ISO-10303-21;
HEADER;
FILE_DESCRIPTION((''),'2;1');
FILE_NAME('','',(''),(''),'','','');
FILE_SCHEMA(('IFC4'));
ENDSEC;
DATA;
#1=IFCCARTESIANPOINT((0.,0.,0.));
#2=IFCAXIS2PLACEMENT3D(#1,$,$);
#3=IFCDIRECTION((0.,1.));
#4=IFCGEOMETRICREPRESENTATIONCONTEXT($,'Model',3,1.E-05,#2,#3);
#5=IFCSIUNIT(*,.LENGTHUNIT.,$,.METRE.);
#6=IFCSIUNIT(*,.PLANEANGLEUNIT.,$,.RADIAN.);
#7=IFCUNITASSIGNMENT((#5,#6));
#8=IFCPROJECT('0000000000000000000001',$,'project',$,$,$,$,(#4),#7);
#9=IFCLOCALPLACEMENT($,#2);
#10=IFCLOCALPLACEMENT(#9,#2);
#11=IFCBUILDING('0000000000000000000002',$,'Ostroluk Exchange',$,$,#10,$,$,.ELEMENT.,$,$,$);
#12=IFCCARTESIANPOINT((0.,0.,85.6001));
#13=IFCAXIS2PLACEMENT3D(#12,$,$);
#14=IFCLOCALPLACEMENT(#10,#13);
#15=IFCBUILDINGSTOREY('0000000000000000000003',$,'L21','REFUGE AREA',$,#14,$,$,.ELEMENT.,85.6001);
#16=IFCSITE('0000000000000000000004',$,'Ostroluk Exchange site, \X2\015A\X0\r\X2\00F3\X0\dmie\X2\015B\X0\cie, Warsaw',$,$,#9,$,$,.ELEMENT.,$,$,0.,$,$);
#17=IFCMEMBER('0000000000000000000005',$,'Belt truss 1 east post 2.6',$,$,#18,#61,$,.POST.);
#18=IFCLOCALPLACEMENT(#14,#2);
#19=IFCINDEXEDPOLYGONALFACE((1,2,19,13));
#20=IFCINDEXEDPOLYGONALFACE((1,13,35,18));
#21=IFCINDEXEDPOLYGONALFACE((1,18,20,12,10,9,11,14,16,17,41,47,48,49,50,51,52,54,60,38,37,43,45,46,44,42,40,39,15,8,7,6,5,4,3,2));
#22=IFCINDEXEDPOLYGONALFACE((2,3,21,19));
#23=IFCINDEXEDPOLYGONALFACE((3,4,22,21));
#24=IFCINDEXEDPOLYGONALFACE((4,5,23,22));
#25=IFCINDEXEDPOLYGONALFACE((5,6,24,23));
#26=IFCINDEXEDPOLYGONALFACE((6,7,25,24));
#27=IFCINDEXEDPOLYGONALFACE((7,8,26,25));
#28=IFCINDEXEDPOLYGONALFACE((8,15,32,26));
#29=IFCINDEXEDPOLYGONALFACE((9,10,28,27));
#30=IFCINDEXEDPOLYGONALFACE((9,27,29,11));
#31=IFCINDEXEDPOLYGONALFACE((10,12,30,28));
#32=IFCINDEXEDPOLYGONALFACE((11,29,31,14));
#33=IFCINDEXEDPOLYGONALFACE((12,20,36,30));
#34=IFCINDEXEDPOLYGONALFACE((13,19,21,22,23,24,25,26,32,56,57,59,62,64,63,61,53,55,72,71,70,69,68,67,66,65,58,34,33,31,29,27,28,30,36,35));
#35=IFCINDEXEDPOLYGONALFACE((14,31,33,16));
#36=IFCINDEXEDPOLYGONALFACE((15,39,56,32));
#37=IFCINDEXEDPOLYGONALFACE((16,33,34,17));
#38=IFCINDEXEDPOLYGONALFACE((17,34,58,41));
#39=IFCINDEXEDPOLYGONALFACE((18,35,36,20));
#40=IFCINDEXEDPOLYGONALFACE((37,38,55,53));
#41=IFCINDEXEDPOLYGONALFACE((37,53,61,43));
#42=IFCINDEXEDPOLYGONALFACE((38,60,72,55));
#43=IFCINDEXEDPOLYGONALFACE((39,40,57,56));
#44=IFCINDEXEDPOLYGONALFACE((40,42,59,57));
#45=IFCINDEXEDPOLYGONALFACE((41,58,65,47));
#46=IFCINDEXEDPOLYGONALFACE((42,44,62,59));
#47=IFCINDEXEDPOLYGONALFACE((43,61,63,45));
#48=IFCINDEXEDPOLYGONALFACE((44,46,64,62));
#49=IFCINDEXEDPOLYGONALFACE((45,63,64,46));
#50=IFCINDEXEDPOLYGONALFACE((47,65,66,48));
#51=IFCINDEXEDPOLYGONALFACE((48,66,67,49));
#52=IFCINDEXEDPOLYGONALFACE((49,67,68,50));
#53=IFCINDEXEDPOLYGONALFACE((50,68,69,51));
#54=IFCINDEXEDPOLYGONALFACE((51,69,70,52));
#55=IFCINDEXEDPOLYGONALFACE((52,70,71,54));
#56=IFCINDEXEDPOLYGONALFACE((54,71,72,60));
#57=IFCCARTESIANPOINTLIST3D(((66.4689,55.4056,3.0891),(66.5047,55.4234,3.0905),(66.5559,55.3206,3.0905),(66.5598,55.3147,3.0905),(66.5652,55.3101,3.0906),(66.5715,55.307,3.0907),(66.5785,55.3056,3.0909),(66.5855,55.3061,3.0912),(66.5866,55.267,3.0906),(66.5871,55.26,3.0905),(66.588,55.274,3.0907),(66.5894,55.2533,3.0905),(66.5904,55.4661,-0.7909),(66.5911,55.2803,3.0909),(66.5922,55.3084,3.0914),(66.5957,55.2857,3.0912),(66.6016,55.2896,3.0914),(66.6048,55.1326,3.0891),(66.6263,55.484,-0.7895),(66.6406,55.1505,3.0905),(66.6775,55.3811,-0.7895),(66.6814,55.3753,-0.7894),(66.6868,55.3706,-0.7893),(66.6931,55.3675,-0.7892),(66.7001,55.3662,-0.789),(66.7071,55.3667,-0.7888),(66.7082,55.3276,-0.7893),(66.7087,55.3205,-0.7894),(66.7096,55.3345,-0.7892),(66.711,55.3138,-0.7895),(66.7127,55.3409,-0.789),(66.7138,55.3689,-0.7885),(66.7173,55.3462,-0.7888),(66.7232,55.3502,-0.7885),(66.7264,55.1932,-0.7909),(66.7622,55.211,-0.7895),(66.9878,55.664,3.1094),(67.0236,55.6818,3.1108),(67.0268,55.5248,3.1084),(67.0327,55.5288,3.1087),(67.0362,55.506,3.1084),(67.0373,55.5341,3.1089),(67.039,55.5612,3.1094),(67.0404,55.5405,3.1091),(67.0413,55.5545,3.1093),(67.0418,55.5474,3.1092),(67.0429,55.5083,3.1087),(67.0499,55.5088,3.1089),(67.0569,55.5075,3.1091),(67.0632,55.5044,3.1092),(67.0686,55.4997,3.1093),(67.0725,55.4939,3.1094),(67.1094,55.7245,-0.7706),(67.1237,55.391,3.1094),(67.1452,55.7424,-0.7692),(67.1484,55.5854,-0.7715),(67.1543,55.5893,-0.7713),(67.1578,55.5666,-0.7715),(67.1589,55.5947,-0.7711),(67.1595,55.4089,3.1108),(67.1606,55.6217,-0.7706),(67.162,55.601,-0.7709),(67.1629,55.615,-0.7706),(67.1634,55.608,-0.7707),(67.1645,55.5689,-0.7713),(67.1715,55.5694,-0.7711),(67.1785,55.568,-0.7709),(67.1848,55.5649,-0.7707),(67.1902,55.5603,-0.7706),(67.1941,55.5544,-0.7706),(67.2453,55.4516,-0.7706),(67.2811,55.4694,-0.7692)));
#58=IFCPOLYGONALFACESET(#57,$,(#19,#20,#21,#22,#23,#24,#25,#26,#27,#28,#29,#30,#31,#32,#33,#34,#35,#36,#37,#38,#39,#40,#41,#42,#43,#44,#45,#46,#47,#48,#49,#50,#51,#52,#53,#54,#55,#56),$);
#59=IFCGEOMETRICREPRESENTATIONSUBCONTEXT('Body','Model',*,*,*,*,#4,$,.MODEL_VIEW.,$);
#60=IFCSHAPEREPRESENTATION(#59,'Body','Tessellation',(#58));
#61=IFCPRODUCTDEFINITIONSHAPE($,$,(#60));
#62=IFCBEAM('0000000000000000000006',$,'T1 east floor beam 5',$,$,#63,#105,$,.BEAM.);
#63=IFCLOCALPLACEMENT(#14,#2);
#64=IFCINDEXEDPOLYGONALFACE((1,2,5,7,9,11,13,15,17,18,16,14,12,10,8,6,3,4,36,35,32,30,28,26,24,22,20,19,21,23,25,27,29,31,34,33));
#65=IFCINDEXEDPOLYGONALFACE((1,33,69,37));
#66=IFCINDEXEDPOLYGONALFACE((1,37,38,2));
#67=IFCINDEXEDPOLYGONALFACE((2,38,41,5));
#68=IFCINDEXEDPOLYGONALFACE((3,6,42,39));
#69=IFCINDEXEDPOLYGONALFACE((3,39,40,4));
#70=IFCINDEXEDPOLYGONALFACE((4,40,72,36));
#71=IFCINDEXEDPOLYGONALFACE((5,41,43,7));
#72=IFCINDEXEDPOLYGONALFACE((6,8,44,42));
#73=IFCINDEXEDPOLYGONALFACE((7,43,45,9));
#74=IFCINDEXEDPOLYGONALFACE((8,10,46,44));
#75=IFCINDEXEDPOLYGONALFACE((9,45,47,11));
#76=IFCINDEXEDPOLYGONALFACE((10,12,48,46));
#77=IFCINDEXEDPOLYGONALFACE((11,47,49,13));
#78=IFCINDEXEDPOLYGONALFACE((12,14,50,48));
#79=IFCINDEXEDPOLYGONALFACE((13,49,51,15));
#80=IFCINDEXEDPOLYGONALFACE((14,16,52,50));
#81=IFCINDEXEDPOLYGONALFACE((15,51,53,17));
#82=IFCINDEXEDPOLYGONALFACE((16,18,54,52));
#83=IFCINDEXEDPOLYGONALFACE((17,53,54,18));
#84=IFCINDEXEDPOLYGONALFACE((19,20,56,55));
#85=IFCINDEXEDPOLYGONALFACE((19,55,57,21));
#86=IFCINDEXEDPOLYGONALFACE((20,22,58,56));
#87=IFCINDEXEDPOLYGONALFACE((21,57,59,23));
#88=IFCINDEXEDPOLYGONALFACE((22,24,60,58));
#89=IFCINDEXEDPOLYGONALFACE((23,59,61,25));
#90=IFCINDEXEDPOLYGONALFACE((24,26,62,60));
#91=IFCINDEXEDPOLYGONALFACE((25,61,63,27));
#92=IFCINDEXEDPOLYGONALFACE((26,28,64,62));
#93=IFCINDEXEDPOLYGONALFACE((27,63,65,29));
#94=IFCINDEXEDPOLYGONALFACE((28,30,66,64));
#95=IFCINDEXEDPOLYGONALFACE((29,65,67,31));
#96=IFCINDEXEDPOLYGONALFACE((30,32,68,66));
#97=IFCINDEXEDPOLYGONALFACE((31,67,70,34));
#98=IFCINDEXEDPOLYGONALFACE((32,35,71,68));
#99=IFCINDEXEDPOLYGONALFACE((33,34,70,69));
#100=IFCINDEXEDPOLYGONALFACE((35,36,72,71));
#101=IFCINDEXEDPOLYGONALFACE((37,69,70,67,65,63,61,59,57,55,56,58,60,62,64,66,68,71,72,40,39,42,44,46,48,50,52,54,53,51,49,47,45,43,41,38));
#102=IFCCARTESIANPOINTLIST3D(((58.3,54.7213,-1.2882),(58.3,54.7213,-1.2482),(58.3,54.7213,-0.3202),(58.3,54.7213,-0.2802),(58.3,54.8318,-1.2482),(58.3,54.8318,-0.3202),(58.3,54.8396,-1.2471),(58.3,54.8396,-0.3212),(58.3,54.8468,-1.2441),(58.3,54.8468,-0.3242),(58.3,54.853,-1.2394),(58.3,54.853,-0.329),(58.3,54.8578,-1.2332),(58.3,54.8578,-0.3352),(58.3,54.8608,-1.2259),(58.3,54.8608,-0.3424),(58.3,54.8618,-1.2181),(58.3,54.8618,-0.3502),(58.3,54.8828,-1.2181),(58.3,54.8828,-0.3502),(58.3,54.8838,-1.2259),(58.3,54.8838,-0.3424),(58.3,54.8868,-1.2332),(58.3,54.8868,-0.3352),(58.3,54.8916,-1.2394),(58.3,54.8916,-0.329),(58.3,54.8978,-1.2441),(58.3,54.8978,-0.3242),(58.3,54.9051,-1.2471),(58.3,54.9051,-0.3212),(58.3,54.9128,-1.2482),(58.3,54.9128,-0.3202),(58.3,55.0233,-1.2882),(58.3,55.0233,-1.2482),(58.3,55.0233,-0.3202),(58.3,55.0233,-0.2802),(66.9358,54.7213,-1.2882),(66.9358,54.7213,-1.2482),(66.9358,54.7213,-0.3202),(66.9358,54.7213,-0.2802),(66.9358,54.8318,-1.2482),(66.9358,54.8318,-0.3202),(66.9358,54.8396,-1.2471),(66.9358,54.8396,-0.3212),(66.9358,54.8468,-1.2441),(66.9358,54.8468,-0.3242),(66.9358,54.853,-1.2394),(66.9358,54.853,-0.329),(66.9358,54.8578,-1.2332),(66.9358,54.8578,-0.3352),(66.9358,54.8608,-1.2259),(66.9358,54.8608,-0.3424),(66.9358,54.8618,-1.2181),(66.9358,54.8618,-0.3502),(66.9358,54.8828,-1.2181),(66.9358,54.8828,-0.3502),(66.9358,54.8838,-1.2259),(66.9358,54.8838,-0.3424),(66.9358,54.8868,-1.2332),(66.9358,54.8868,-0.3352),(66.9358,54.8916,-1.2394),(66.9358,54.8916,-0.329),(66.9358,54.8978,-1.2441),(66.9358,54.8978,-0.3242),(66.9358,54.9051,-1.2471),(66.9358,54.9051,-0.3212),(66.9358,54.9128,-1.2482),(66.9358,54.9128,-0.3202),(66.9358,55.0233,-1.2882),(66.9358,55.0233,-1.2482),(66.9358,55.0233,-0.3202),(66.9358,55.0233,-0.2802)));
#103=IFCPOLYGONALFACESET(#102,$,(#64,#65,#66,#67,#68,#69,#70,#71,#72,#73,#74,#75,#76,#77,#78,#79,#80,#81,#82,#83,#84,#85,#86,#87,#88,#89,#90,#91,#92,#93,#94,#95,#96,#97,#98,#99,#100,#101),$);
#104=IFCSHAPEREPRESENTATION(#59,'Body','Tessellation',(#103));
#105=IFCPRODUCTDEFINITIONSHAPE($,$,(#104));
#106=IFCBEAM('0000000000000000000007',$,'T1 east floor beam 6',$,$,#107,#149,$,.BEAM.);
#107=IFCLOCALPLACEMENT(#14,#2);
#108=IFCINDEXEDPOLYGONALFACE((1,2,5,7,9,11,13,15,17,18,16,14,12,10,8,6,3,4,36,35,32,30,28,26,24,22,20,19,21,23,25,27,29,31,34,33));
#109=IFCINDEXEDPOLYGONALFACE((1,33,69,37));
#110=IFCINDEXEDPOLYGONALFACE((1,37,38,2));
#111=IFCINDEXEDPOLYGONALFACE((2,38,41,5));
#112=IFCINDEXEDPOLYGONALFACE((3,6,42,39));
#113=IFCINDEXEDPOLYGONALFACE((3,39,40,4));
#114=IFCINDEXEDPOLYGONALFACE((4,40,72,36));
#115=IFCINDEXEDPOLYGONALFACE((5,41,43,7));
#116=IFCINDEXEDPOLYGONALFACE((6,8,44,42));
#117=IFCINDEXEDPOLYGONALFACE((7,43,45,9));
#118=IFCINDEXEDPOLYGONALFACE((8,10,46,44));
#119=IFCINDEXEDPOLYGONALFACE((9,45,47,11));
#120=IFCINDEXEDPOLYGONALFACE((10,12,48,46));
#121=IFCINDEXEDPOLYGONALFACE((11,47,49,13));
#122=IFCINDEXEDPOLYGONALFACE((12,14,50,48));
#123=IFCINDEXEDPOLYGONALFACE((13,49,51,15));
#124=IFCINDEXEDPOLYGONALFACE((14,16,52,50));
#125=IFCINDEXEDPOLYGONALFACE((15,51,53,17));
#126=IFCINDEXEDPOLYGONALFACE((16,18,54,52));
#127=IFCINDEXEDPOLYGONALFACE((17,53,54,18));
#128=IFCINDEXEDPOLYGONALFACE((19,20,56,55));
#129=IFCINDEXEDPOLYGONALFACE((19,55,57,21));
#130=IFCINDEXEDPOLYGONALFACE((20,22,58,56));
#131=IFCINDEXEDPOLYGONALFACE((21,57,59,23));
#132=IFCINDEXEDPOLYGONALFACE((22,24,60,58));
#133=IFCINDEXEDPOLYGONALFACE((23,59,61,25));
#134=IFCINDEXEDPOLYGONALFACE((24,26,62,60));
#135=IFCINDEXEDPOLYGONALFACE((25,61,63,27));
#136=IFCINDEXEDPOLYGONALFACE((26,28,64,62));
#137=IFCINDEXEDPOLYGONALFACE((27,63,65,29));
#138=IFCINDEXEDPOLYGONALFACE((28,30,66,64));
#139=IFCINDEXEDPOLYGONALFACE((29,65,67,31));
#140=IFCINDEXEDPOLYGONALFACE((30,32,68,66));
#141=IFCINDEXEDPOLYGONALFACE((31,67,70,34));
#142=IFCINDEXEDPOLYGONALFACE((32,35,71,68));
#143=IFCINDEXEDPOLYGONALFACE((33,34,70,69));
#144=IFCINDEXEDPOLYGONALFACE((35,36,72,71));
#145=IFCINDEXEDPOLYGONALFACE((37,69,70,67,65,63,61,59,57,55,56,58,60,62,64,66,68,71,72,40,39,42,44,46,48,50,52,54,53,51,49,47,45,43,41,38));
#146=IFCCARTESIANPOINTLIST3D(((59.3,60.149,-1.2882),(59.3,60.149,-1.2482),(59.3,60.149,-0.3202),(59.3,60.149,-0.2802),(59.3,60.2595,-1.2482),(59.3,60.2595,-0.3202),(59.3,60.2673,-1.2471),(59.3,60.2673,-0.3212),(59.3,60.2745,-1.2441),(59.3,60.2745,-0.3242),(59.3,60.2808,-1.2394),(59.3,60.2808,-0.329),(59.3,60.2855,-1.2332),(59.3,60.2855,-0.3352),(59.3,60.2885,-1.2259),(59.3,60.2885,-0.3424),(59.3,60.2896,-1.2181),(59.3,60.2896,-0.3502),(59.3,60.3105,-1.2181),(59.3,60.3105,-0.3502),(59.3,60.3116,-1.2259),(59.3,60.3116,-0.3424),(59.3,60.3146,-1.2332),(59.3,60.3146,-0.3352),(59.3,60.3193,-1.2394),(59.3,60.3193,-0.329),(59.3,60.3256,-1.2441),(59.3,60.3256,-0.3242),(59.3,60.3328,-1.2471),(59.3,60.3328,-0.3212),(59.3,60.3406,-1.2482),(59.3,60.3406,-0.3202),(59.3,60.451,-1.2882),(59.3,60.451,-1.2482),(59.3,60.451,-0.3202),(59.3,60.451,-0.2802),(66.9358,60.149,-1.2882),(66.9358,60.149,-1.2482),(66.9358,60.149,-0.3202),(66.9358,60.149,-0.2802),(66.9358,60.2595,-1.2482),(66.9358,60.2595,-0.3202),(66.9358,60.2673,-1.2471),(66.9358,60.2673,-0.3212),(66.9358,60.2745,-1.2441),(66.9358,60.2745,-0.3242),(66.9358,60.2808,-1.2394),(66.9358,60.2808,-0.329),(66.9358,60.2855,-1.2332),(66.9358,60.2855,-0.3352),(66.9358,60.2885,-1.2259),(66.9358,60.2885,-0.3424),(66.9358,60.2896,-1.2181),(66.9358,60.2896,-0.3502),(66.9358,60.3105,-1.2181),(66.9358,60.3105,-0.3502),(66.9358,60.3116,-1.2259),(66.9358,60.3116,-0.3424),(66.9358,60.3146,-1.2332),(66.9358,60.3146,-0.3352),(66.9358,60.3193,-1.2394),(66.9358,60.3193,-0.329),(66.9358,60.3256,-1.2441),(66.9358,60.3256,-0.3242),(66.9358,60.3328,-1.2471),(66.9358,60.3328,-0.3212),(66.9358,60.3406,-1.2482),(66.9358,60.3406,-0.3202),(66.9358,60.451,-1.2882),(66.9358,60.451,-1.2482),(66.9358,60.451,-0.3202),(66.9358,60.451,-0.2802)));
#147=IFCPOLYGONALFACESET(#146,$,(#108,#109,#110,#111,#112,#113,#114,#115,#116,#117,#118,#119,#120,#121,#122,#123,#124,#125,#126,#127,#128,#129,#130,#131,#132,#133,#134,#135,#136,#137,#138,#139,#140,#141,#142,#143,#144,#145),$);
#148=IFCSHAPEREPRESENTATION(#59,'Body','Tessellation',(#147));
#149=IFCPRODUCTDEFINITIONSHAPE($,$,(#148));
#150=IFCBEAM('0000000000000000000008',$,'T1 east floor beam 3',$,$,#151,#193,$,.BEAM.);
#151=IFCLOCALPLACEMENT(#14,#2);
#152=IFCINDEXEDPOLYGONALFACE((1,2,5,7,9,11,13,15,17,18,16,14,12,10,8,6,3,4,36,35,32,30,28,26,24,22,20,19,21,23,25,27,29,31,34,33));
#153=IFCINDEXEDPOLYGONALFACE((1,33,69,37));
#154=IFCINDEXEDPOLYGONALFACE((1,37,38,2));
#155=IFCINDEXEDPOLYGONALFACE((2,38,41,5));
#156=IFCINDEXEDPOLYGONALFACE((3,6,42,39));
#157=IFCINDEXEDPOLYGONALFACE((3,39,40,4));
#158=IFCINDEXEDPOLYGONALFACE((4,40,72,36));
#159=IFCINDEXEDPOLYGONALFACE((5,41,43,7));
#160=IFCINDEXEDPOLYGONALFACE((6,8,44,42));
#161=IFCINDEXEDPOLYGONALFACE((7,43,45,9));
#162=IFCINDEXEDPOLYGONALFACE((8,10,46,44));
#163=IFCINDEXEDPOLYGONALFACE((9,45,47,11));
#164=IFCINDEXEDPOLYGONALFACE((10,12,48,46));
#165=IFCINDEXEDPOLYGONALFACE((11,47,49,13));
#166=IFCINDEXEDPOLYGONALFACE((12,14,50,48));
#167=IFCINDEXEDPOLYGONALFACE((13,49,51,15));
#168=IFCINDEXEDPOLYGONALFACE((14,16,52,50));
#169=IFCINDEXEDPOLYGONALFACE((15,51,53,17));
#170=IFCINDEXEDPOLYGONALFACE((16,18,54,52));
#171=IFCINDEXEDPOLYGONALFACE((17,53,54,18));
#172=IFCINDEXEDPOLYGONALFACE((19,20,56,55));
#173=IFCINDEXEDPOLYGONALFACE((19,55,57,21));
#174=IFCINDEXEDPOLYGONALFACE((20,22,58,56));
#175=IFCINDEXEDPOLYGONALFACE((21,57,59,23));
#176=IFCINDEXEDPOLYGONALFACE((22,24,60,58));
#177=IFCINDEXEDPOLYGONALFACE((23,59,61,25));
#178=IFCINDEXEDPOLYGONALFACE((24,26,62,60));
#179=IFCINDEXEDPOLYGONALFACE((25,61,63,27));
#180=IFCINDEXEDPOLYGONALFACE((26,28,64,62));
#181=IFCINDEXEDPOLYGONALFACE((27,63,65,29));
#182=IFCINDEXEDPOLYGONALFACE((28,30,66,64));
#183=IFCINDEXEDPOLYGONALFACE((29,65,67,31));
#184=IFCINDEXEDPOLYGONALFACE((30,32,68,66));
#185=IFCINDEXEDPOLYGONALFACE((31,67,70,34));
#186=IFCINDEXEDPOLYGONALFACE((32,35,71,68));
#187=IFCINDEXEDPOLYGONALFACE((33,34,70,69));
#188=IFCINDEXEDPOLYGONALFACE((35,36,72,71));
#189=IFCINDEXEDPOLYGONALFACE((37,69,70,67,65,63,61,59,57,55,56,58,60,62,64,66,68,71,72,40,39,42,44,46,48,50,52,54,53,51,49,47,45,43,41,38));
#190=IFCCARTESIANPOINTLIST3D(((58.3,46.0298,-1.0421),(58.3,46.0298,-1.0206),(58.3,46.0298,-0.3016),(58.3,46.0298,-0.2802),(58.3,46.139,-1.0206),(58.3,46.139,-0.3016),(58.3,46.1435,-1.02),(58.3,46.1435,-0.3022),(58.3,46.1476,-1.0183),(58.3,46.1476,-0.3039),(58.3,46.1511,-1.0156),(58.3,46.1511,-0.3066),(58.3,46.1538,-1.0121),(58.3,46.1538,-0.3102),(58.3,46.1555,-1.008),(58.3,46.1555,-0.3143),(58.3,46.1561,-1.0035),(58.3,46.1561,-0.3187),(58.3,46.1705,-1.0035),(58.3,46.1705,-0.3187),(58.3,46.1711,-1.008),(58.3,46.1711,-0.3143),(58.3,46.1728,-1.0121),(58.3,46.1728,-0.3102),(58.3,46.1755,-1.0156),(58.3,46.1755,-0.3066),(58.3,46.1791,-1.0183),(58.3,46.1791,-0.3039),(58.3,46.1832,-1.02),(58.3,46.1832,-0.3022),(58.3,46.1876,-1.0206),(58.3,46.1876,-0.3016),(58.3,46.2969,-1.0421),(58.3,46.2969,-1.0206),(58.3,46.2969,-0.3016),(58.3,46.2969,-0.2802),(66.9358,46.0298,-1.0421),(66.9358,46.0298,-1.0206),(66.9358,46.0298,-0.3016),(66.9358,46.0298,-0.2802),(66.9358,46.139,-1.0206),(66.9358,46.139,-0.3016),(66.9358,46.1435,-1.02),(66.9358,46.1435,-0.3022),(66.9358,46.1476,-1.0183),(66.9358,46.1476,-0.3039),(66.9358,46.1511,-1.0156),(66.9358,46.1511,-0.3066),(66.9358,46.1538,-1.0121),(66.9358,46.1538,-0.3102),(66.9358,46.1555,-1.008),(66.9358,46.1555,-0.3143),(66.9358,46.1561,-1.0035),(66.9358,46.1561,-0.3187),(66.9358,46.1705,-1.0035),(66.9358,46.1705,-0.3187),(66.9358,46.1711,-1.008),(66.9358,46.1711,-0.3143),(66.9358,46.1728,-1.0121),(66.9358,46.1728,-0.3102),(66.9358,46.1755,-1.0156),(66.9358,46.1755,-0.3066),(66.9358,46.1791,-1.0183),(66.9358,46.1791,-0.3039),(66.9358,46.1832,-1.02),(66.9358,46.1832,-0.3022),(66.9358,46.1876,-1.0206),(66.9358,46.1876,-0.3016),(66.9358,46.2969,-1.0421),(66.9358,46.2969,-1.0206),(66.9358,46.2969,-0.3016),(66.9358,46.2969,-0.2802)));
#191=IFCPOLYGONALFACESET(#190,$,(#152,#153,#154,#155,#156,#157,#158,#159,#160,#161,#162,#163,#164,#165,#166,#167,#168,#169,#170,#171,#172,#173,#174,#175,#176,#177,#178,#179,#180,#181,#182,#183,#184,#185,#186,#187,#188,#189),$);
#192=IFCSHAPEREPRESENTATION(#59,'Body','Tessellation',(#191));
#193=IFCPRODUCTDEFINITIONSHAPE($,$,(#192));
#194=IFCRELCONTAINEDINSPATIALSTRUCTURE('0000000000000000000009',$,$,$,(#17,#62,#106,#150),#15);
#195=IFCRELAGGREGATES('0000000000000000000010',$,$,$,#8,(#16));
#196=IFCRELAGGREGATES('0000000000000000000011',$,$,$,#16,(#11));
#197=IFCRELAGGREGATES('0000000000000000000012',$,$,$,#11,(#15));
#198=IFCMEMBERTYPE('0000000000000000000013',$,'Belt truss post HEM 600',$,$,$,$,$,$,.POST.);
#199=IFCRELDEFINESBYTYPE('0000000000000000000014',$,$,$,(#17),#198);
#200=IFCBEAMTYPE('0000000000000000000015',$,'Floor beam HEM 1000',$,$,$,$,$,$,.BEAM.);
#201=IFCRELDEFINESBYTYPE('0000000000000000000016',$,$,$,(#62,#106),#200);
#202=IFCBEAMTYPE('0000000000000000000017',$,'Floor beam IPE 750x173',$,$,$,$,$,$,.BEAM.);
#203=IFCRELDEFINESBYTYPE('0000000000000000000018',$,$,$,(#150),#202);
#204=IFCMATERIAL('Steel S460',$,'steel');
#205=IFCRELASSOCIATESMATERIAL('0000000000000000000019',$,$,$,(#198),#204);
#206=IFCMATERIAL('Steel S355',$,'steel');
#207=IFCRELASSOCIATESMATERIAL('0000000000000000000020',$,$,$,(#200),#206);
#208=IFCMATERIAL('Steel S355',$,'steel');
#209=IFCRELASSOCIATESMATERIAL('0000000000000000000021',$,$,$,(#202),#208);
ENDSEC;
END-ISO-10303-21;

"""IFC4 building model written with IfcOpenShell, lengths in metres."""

from ifc_helpers import new_model, si_unit, direction, frame, origin, origin_2d, place, context, subcontext, project, spatial, i_section, extrude, material, material_profile, profile_set, type_object, element, save


model = new_model("IFC4")

# Units and contexts
model_context = context("Model", 3, precision=1e-05, world=origin(), true_north=direction((0.0, 1.0)))
body_context = subcontext(model_context, "Body", "Model", "MODEL_VIEW")
ifc_project = project(units=[si_unit("LENGTHUNIT", "METRE"), si_unit("PLANEANGLEUNIT", "RADIAN")], contexts=[model_context])

# Site, building, storey
site_placement = place(None, origin())
site = spatial("IfcSite", under=ifc_project, at=site_placement, Name="Ostroluk Exchange site, Śródmieście, Warsaw", CompositionType="ELEMENT", RefElevation=0.0)
building_placement = place(site_placement, origin())
building = spatial("IfcBuilding", under=site, at=building_placement, Name="Ostroluk Exchange", CompositionType="ELEMENT")
storey_placement = place(building_placement, frame((0.0, 0.0, 85.6001)))
storey = spatial("IfcBuildingStorey", under=building, at=storey_placement, Name="L21", Description="REFUGE AREA", CompositionType="ELEMENT", Elevation=85.6001)

# Member
ifc_material_1 = material(Name="Steel S460", Category="steel")
ifc_material_profile_1 = material_profile(ifc_material_1, i_section(OverallWidth=0.3049, OverallDepth=0.6201, WebThickness=0.021, FlangeThickness=0.04, FilletRadius=0.0271, at=origin_2d()), Name="HEM 600")
ifc_profile_set_1 = profile_set([ifc_material_profile_1], Name="Steel S460")
member_type_1 = type_object("IfcMemberType", Name="Belt truss post HEM 600", PredefinedType="POST", material=ifc_profile_set_1)
member_1_placement = place(storey_placement, frame((66.9358, 55.4678, -0.78), z_axis=(-0.031317, -0.015596, 0.999388), x_axis=(0.445775, -0.895145, 0.0)))
element("IfcMember", 1, at=member_1_placement, inside=storey, type_object=member_type_1, Name="Belt truss 1 east post 2.6", PredefinedType="POST", context=body_context, shape_type="SweptSolid", body=[
    extrude(i_section(OverallWidth=0.3049, OverallDepth=0.6201, WebThickness=0.021, FlangeThickness=0.04, FilletRadius=0.0271, at=origin_2d()), origin(), (0.0, 0.0, 1.0), 3.8823),
])

# Beams
ifc_material_2 = material(Name="Steel S355", Category="steel")
ifc_material_profile_2 = material_profile(ifc_material_2, i_section(OverallWidth=0.302, OverallDepth=1.0081, WebThickness=0.021, FlangeThickness=0.04, FilletRadius=0.03, at=origin_2d()), Name="HEM 1000")
ifc_profile_set_2 = profile_set([ifc_material_profile_2], Name="Steel S355")
beam_type_1 = type_object("IfcBeamType", Name="Floor beam HEM 1000", PredefinedType="BEAM", material=ifc_profile_set_2)
beam_1_placement = place(storey_placement, frame((58.3, 54.8723, -0.7842), z_axis=(1.0, 0.0, 0.0), x_axis=(0.0, 1.0, 0.0)))
element("IfcBeam", 2, at=beam_1_placement, inside=storey, type_object=beam_type_1, Name="T1 east floor beam 5", PredefinedType="BEAM", context=body_context, shape_type="SweptSolid", body=[
    extrude(i_section(OverallWidth=0.302, OverallDepth=1.0081, WebThickness=0.021, FlangeThickness=0.04, FilletRadius=0.03, at=origin_2d()), origin(), (0.0, 0.0, 1.0), 8.6357),
])
beam_2_placement = place(storey_placement, frame((59.3, 60.3, -0.7842), z_axis=(1.0, 0.0, 0.0), x_axis=(0.0, 1.0, 0.0)))
element("IfcBeam", 3, at=beam_2_placement, inside=storey, type_object=beam_type_1, Name="T1 east floor beam 6", PredefinedType="BEAM", context=body_context, shape_type="SweptSolid", body=[
    extrude(i_section(OverallWidth=0.302, OverallDepth=1.0081, WebThickness=0.021, FlangeThickness=0.04, FilletRadius=0.03, at=origin_2d()), origin(), (0.0, 0.0, 1.0), 7.6357),
])
ifc_material_3 = material(Name="Steel S355", Category="steel")
ifc_material_profile_3 = material_profile(ifc_material_3, i_section(OverallWidth=0.2671, OverallDepth=0.762, WebThickness=0.0144, FlangeThickness=0.0215, FilletRadius=0.0171, at=origin_2d()), Name="IPE 750x173")
ifc_profile_set_3 = profile_set([ifc_material_profile_3], Name="Steel S355")
beam_type_2 = type_object("IfcBeamType", Name="Floor beam IPE 750x173", PredefinedType="BEAM", material=ifc_profile_set_3)
for number, where, z_axis, x_axis, name in (
    (4, (58.3, 46.1633, -0.6611), (1.0, 0.0, 0.0), (0.0, 1.0, 0.0), "T1 east floor beam 3"),
):
    element("IfcBeam", number, at=place(storey_placement, frame(where, z_axis=z_axis, x_axis=x_axis)), inside=storey, type_object=beam_type_2, Name=name, PredefinedType="BEAM", context=body_context, shape_type="SweptSolid", body=[
        extrude(i_section(OverallWidth=0.2671, OverallDepth=0.762, WebThickness=0.0144, FlangeThickness=0.0215, FilletRadius=0.0171, at=origin_2d()), origin(), (0.0, 0.0, 1.0), 8.6357),
    ])

save(model, "model.ifc")
